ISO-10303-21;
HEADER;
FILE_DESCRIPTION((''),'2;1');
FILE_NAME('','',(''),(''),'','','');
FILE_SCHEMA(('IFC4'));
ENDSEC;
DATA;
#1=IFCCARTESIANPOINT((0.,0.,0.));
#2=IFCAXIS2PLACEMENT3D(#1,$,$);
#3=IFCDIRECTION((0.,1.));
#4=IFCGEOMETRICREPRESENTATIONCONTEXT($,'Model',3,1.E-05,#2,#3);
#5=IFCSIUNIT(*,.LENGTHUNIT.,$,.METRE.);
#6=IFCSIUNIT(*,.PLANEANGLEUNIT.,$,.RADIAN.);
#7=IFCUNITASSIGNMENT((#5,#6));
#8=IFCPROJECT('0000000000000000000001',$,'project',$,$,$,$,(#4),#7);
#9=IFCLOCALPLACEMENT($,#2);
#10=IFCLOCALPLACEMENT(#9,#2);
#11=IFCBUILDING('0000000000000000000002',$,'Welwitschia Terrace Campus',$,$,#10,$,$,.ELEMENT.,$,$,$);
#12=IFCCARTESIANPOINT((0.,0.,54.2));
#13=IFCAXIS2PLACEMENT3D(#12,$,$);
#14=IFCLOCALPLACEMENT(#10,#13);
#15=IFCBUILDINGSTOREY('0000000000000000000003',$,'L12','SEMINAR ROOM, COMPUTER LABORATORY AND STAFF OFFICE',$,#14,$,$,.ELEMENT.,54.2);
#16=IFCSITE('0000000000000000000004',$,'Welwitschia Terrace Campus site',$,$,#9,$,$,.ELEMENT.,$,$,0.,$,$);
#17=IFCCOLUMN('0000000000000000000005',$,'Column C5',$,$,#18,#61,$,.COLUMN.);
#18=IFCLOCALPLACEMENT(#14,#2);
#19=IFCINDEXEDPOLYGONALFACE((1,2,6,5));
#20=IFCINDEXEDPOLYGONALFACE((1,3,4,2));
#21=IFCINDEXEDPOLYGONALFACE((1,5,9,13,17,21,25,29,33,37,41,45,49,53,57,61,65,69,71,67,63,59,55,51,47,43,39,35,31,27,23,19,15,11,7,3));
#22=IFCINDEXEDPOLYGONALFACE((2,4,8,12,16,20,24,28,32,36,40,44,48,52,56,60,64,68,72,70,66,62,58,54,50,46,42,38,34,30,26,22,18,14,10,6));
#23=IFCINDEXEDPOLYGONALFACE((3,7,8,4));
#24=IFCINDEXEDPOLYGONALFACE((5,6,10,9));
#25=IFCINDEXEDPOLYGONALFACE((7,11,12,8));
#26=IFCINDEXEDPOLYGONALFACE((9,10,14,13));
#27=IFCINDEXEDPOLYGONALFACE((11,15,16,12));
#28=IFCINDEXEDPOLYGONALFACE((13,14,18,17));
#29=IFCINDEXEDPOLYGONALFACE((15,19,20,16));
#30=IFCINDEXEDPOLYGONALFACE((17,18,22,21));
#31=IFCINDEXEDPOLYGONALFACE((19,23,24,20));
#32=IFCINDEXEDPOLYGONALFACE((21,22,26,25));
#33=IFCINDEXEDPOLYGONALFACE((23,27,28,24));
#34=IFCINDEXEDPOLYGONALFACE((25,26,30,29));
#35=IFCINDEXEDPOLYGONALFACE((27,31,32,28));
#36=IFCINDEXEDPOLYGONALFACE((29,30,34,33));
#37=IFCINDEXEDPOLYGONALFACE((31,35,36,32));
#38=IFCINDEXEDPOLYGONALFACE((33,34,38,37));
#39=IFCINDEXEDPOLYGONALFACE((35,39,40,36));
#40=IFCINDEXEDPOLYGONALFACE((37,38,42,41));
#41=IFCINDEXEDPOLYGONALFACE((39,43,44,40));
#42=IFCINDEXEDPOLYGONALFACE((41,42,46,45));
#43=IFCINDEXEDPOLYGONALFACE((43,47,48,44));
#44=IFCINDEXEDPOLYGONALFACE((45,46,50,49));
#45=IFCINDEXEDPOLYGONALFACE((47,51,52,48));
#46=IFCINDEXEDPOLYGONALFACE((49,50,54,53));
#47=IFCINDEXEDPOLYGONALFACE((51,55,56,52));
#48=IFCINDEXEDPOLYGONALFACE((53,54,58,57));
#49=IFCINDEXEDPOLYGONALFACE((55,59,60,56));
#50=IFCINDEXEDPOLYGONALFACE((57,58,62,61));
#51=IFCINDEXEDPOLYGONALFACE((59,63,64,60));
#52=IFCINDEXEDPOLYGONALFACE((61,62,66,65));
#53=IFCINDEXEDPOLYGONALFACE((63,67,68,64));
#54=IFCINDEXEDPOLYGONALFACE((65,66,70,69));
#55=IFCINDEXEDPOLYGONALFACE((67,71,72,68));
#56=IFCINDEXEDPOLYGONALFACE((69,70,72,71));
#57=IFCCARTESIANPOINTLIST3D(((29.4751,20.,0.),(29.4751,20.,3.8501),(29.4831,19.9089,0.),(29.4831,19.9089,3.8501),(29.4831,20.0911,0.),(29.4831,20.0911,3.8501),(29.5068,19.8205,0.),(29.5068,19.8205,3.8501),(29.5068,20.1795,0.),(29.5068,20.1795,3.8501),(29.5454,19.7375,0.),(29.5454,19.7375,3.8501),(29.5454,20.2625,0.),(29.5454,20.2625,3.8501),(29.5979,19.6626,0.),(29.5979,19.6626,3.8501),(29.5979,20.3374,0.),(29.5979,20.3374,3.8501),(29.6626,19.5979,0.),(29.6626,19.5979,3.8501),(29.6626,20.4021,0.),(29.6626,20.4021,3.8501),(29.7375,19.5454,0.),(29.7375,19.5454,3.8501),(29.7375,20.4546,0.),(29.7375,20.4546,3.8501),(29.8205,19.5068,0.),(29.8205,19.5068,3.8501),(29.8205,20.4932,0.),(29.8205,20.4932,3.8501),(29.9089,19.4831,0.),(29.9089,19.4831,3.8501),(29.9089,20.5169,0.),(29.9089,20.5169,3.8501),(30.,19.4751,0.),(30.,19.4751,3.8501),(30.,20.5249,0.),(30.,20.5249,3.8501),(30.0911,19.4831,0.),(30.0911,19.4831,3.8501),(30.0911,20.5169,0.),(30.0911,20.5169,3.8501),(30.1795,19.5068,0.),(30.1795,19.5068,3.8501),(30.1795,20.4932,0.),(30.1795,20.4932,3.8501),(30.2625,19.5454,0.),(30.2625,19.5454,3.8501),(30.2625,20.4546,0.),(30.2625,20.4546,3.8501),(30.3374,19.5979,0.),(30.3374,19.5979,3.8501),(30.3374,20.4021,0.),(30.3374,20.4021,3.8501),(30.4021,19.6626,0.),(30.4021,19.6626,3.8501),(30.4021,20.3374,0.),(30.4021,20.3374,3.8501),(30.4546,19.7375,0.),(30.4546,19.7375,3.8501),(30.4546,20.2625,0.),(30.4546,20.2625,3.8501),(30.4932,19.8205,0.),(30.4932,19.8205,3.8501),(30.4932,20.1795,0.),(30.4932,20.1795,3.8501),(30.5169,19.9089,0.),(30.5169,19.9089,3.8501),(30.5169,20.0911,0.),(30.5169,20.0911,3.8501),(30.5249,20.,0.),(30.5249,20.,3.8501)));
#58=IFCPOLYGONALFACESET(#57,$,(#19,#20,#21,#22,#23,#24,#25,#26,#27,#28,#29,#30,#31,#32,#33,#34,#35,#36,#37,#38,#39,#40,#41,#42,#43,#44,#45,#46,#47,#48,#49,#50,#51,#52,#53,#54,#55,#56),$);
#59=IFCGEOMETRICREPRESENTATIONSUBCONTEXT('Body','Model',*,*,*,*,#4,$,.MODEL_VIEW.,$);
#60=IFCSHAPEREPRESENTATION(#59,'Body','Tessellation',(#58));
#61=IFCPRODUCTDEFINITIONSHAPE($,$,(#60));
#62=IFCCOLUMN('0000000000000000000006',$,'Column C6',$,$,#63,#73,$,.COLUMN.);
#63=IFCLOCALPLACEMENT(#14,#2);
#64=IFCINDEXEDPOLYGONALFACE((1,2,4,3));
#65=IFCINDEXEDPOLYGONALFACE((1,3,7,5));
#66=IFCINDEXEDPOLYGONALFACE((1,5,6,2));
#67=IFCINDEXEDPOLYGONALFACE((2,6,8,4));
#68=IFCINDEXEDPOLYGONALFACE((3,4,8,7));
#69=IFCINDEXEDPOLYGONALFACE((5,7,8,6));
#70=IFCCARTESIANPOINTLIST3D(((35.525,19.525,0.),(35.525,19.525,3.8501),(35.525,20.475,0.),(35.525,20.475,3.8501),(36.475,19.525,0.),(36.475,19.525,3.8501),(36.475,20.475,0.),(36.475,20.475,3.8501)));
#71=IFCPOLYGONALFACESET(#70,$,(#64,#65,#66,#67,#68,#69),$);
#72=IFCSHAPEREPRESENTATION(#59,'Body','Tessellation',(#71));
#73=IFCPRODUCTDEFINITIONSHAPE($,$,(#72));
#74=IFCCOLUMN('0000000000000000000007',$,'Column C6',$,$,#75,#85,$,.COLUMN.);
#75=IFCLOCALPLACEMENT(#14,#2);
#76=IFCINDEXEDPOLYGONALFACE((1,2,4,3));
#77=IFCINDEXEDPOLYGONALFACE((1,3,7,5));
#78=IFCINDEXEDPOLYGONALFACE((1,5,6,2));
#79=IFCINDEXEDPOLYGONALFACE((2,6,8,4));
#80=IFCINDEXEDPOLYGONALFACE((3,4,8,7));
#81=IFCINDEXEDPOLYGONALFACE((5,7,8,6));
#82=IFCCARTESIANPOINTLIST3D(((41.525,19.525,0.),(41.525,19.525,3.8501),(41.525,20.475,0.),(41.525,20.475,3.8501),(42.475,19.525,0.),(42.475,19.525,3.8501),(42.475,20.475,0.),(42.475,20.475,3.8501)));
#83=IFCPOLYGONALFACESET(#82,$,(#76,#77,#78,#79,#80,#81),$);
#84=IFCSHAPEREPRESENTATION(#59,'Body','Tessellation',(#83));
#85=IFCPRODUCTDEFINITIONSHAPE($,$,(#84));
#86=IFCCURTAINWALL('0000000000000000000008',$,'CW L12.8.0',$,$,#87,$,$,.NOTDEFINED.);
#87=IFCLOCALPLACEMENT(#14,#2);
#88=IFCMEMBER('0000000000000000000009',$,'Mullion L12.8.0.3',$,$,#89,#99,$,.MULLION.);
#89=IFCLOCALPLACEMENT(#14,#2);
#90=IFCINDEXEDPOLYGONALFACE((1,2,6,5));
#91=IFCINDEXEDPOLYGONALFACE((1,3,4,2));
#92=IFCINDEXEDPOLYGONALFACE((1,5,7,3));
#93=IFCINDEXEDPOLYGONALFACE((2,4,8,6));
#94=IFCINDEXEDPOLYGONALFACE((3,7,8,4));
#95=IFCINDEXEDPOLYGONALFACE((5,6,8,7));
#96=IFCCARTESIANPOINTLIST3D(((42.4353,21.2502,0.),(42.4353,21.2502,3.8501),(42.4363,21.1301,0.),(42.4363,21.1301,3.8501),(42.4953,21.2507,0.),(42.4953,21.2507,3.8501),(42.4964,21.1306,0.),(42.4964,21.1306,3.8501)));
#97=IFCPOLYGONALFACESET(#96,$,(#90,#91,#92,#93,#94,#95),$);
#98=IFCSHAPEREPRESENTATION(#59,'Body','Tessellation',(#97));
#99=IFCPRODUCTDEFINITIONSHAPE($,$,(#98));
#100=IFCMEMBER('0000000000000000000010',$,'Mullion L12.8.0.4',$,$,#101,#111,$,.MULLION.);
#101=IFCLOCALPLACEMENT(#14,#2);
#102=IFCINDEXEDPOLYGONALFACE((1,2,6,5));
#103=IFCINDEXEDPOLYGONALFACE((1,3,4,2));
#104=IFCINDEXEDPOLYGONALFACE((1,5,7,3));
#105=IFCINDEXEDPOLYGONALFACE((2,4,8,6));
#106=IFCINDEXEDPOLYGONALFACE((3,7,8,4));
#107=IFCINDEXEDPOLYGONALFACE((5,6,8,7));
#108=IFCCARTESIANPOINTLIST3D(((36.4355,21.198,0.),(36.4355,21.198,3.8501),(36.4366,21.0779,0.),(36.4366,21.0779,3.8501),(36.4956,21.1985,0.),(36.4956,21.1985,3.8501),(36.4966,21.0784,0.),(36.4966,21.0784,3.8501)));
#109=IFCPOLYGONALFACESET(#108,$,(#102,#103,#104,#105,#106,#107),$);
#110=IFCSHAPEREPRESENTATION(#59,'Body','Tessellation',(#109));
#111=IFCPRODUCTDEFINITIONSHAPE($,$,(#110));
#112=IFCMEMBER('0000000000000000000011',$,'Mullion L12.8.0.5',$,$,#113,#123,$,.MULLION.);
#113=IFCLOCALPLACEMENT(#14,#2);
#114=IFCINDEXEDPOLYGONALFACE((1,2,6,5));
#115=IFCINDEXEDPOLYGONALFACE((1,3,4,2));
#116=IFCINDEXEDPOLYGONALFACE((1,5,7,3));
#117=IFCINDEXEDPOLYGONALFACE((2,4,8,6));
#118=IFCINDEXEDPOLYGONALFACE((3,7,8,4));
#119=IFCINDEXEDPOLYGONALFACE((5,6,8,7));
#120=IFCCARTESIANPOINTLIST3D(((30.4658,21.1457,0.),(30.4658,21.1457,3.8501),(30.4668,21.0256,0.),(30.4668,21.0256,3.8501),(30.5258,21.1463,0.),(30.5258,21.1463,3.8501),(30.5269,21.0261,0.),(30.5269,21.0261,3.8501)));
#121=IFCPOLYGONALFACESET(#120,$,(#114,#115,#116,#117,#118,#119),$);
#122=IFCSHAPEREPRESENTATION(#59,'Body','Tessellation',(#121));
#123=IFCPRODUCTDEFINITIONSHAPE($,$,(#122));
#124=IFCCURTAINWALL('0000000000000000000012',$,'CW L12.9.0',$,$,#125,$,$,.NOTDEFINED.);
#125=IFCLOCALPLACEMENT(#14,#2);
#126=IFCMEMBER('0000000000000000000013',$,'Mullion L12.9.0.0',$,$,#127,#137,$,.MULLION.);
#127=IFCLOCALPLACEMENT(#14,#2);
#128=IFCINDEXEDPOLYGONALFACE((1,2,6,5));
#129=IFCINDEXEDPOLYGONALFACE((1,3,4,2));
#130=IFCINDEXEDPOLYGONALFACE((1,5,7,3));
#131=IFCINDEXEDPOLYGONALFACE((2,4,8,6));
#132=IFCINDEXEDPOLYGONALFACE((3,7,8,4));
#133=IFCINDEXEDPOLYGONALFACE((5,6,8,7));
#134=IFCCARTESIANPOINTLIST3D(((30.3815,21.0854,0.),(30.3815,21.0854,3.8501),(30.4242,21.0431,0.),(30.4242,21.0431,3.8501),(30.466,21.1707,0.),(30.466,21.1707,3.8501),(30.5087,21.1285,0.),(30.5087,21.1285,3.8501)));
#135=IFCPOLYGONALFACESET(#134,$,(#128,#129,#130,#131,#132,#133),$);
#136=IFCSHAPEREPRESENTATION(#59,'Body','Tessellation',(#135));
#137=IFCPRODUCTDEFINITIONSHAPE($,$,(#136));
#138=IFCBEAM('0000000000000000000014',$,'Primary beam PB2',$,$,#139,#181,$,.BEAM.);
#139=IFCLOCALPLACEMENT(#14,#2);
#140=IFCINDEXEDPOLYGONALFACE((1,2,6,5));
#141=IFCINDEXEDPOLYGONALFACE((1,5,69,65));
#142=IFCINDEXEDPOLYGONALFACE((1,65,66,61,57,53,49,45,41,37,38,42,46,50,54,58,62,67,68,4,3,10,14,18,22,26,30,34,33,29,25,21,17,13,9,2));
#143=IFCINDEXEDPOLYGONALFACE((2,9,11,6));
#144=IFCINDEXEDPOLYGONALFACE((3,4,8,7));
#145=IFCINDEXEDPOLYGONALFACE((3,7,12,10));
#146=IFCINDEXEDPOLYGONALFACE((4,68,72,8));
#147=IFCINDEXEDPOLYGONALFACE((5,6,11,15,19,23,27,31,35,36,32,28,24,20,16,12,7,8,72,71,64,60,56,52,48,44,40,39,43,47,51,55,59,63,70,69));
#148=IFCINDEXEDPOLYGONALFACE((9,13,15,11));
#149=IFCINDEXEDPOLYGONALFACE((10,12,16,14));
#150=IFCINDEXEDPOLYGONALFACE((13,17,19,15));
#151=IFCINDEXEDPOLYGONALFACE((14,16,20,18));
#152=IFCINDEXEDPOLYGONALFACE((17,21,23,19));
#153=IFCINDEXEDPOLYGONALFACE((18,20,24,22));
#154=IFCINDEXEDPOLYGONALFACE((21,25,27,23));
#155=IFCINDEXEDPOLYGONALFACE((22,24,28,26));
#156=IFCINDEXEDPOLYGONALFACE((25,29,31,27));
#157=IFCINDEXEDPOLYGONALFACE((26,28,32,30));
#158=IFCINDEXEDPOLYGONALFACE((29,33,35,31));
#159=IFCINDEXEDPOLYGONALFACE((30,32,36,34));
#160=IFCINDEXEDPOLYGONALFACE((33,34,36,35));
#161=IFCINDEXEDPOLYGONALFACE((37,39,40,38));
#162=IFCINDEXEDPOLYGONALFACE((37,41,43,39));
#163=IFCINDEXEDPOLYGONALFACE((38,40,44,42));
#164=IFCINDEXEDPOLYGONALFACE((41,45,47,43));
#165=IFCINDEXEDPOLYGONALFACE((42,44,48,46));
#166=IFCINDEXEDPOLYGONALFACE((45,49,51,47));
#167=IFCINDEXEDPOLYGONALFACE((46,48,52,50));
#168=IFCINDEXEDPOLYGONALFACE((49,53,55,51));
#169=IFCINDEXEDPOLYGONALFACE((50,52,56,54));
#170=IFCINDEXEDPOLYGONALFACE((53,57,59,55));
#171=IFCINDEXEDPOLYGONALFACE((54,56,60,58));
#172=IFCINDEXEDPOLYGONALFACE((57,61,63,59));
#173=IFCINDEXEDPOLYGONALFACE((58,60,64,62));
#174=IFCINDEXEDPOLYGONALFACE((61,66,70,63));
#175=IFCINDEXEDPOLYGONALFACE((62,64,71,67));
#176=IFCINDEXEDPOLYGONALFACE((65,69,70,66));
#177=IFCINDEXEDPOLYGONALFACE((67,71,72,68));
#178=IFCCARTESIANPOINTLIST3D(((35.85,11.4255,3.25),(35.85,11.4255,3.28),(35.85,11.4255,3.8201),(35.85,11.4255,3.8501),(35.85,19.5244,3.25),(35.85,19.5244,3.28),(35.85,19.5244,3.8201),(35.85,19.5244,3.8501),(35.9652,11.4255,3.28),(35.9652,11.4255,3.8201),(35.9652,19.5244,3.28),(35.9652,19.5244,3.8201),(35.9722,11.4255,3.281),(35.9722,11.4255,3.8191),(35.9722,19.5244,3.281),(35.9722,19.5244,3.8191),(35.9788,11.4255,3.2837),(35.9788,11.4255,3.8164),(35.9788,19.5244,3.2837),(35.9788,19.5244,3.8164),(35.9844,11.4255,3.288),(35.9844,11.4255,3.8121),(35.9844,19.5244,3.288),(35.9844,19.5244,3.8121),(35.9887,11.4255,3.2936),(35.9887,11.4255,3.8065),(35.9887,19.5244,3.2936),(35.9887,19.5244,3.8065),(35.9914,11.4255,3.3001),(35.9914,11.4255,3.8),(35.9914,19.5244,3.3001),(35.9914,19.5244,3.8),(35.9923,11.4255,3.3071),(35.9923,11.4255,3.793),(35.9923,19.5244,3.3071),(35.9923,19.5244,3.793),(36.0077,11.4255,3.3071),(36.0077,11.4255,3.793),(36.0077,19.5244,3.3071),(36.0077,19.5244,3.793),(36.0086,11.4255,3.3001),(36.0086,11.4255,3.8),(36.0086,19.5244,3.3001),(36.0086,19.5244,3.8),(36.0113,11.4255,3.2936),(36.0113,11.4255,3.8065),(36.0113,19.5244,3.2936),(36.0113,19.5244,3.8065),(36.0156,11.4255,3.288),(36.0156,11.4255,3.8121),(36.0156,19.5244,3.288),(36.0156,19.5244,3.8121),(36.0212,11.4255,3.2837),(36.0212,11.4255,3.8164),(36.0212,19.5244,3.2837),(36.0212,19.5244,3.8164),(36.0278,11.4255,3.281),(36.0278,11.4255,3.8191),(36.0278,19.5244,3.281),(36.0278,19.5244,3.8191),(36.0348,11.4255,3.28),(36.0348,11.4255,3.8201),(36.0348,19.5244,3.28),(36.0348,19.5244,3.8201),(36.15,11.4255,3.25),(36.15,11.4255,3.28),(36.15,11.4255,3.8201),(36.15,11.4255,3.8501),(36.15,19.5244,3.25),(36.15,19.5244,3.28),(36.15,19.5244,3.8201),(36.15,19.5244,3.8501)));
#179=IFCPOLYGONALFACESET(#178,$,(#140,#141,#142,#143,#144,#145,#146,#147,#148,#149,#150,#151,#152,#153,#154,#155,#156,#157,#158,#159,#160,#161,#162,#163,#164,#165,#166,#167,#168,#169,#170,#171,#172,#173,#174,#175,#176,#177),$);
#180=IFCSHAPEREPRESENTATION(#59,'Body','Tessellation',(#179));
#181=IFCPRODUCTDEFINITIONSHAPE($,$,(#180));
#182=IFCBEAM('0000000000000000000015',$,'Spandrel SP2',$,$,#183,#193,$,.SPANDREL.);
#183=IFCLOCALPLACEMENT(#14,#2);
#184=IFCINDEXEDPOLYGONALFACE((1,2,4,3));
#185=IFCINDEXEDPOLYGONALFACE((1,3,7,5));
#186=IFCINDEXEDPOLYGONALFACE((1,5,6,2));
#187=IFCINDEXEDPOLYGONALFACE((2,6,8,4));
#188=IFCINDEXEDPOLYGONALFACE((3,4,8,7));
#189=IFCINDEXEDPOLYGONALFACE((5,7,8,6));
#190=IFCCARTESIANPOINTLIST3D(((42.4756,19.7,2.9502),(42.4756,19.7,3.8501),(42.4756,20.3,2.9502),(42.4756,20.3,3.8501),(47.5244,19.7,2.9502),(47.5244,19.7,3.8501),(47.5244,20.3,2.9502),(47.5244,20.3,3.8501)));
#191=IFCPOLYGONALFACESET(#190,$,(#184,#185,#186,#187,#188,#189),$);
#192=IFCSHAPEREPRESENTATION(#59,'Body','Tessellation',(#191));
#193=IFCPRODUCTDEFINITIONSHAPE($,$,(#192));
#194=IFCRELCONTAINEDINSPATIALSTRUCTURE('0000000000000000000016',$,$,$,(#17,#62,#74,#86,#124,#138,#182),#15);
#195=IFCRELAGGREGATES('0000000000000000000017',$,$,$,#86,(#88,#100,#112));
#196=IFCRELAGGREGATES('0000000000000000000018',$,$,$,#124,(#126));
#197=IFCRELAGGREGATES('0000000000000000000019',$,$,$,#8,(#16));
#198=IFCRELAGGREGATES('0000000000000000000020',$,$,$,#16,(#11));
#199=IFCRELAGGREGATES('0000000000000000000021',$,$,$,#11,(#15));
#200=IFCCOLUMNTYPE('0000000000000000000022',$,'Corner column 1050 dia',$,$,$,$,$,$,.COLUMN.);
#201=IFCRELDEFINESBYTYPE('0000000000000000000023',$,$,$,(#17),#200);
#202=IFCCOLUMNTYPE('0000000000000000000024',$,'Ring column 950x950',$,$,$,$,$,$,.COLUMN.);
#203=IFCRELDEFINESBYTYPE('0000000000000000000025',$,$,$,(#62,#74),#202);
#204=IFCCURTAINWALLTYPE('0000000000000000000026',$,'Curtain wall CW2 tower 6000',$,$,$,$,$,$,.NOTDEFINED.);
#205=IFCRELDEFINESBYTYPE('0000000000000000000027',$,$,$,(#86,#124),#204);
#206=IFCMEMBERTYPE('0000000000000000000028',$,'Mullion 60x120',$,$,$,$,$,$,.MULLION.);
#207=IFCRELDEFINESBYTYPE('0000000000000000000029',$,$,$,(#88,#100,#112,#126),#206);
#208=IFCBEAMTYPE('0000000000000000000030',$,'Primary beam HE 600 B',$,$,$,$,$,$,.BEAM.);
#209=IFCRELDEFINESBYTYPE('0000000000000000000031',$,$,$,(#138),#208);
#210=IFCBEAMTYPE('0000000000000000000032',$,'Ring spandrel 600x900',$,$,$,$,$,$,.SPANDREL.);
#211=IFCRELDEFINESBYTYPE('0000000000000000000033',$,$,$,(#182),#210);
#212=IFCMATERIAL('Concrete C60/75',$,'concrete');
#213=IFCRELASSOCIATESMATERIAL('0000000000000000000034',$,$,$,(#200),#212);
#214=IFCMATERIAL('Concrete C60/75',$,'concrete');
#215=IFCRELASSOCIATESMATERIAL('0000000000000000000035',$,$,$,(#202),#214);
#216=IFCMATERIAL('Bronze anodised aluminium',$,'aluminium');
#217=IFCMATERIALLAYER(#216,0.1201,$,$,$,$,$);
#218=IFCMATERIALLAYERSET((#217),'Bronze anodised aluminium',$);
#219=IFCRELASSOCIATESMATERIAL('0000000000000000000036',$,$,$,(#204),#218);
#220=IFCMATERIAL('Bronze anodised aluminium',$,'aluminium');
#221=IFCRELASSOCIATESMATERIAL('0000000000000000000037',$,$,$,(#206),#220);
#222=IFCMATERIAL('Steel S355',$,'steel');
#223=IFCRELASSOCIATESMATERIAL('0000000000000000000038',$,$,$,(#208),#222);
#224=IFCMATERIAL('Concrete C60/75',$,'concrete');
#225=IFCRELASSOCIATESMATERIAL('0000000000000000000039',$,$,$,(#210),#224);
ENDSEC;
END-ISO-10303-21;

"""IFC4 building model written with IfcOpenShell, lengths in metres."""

from ifc_helpers import new_model, si_unit, direction, frame, origin, origin_2d, place, context, subcontext, project, spatial, rectangle, circle, i_section, extrude, material, layer, layer_set, material_profile, profile_set, type_object, element, aggregate, save


model = new_model("IFC4")

# Units and contexts
model_context = context("Model", 3, precision=1e-05, world=origin(), true_north=direction((0.0, 1.0)))
body_context = subcontext(model_context, "Body", "Model", "MODEL_VIEW")
ifc_project = project(units=[si_unit("LENGTHUNIT", "METRE"), si_unit("PLANEANGLEUNIT", "RADIAN")], contexts=[model_context])

# Site, building, storey
site_placement = place(None, origin())
site = spatial("IfcSite", under=ifc_project, at=site_placement, Name="Welwitschia Terrace Campus site", CompositionType="ELEMENT", RefElevation=0.0)
building_placement = place(site_placement, origin())
building = spatial("IfcBuilding", under=site, at=building_placement, Name="Welwitschia Terrace Campus", CompositionType="ELEMENT")
storey_placement = place(building_placement, frame((0.0, 0.0, 54.2)))
storey = spatial("IfcBuildingStorey", under=building, at=storey_placement, Name="L12", Description="SEMINAR ROOM, COMPUTER LABORATORY AND STAFF OFFICE", CompositionType="ELEMENT", Elevation=54.2)

# Columns
ifc_material_1 = material(Name="Concrete C60/75", Category="concrete")
ifc_material_profile_1 = material_profile(ifc_material_1, circle(Radius=0.5249, at=origin_2d()))
ifc_profile_set_1 = profile_set([ifc_material_profile_1], Name="Concrete C60/75")
column_type_1 = type_object("IfcColumnType", Name="Corner column 1050 dia", PredefinedType="COLUMN", material=ifc_profile_set_1)
column_placement = place(storey_placement, frame((30.0, 20.0, 0.0), z_axis=(0.0, 0.0, 1.0), x_axis=(1.0, 0.0, 0.0)))
element("IfcColumn", 1, at=column_placement, inside=storey, type_object=column_type_1, Name="Column C5", PredefinedType="COLUMN", context=body_context, shape_type="SweptSolid", body=[
    extrude(circle(Radius=0.5249, at=origin_2d()), origin(), (0.0, 0.0, 1.0), 3.8501),
])
ifc_material_2 = material(Name="Concrete C60/75", Category="concrete")
ifc_material_profile_2 = material_profile(ifc_material_2, rectangle(XDim=0.95, YDim=0.95, at=origin_2d()))
ifc_profile_set_2 = profile_set([ifc_material_profile_2], Name="Concrete C60/75")
column_type_2 = type_object("IfcColumnType", Name="Ring column 950x950", PredefinedType="COLUMN", material=ifc_profile_set_2)
for number, where, z_axis, x_axis, name in (
    (2, (36.0, 20.0, 0.0), (0.0, 0.0, 1.0), (1.0, 0.0, 0.0), "Column C6"),
    (3, (42.0, 20.0, 0.0), (0.0, 0.0, 1.0), (1.0, 0.0, 0.0), "Column C6"),
):
    element("IfcColumn", number, at=place(storey_placement, frame(where, z_axis=z_axis, x_axis=x_axis)), inside=storey, type_object=column_type_2, Name=name, PredefinedType="COLUMN", context=body_context, shape_type="SweptSolid", body=[
        extrude(rectangle(XDim=0.95, YDim=0.95, at=origin_2d()), origin(), (0.0, 0.0, 1.0), 3.8501),
    ])

# Curtain wall, members
ifc_material_3 = material(Name="Bronze anodised aluminium", Category="aluminium")
ifc_layer_1 = layer(ifc_material_3, 0.1201)
ifc_layer_set_1 = layer_set([ifc_layer_1], Name="Bronze anodised aluminium")
curtain_wall_type = type_object("IfcCurtainWallType", Name="Curtain wall CW2 tower 6000", PredefinedType="NOTDEFINED", material=ifc_layer_set_1)
curtain_wall_1_placement = place(storey_placement, origin())
curtain_wall_1 = element("IfcCurtainWall", 4, at=curtain_wall_1_placement, inside=storey, type_object=curtain_wall_type, Name="CW L12.8.0", PredefinedType="NOTDEFINED")
ifc_material_4 = material(Name="Bronze anodised aluminium", Category="aluminium")
ifc_material_profile_3 = material_profile(ifc_material_4, rectangle(XDim=0.1201, YDim=0.0601, at=origin_2d()))
ifc_profile_set_3 = profile_set([ifc_material_profile_3], Name="Bronze anodised aluminium")
member_type_1 = type_object("IfcMemberType", Name="Mullion 60x120", PredefinedType="MULLION", material=ifc_profile_set_3)
member_1_placement = place(storey_placement, frame((42.4658, 21.1904, 0.0), z_axis=(0.0, 0.0, 1.0), x_axis=(0.008727, -0.999962, 0.0)))
member_1 = element("IfcMember", 5, at=member_1_placement, type_object=member_type_1, Name="Mullion L12.8.0.3", PredefinedType="MULLION", context=body_context, shape_type="SweptSolid", body=[
    extrude(rectangle(XDim=0.1201, YDim=0.0601, at=origin_2d()), origin(), (0.0, 0.0, 1.0), 3.8501),
])
member_2_placement = place(storey_placement, frame((36.4661, 21.1382, 0.0), z_axis=(0.0, 0.0, 1.0), x_axis=(0.008727, -0.999962, 0.0)))
member_2 = element("IfcMember", 6, at=member_2_placement, type_object=member_type_1, Name="Mullion L12.8.0.4", PredefinedType="MULLION", context=body_context, shape_type="SweptSolid", body=[
    extrude(rectangle(XDim=0.1201, YDim=0.0601, at=origin_2d()), origin(), (0.0, 0.0, 1.0), 3.8501),
])
member_3_placement = place(storey_placement, frame((30.4963, 21.0859, 0.0), z_axis=(0.0, 0.0, 1.0), x_axis=(0.008727, -0.999962, 0.0)))
member_3 = element("IfcMember", 7, at=member_3_placement, type_object=member_type_1, Name="Mullion L12.8.0.5", PredefinedType="MULLION", context=body_context, shape_type="SweptSolid", body=[
    extrude(rectangle(XDim=0.1201, YDim=0.0601, at=origin_2d()), origin(), (0.0, 0.0, 1.0), 3.8501),
])

# Curtain wall, member
curtain_wall_2_placement = place(storey_placement, origin())
curtain_wall_2 = element("IfcCurtainWall", 8, at=curtain_wall_2_placement, inside=storey, type_object=curtain_wall_type, Name="CW L12.9.0", PredefinedType="NOTDEFINED")
member_4_placement = place(storey_placement, frame((30.4451, 21.1069, 0.0), z_axis=(0.0, 0.0, 1.0), x_axis=(-0.703433, -0.710762, 0.0)))
member_4 = element("IfcMember", 9, at=member_4_placement, type_object=member_type_1, Name="Mullion L12.9.0.0", PredefinedType="MULLION", context=body_context, shape_type="SweptSolid", body=[
    extrude(rectangle(XDim=0.1201, YDim=0.0601, at=origin_2d()), origin(), (0.0, 0.0, 1.0), 3.8501),
])

# Beams
ifc_material_5 = material(Name="Steel S355", Category="steel")
ifc_material_profile_4 = material_profile(ifc_material_5, i_section(OverallWidth=0.3, OverallDepth=0.6001, WebThickness=0.0154, FlangeThickness=0.03, FilletRadius=0.0271, at=origin_2d()))
ifc_profile_set_4 = profile_set([ifc_material_profile_4], Name="Steel S355")
beam_type_1 = type_object("IfcBeamType", Name="Primary beam HE 600 B", PredefinedType="BEAM", material=ifc_profile_set_4)
beam_1_placement = place(storey_placement, frame((36.0, 19.5244, 3.55), z_axis=(0.0, -1.0, 0.0), x_axis=(1.0, 0.0, 0.0)))
element("IfcBeam", 10, at=beam_1_placement, inside=storey, type_object=beam_type_1, Name="Primary beam PB2", PredefinedType="BEAM", context=body_context, shape_type="SweptSolid", body=[
    extrude(i_section(OverallWidth=0.3, OverallDepth=0.6001, WebThickness=0.0154, FlangeThickness=0.03, FilletRadius=0.0271, at=origin_2d()), origin(), (0.0, 0.0, 1.0), 8.0989),
])
ifc_material_6 = material(Name="Concrete C60/75", Category="concrete")
ifc_material_profile_5 = material_profile(ifc_material_6, rectangle(XDim=0.6001, YDim=0.8999, at=origin_2d()))
ifc_profile_set_5 = profile_set([ifc_material_profile_5], Name="Concrete C60/75")
beam_type_2 = type_object("IfcBeamType", Name="Ring spandrel 600x900", PredefinedType="SPANDREL", material=ifc_profile_set_5)
for number, where, z_axis, x_axis, name in (
    (11, (47.5244, 20.0, 3.4001), (-1.0, 0.0, 0.0), (0.0, -1.0, 0.0), "Spandrel SP2"),
):
    element("IfcBeam", number, at=place(storey_placement, frame(where, z_axis=z_axis, x_axis=x_axis)), inside=storey, type_object=beam_type_2, Name=name, PredefinedType="SPANDREL", context=body_context, shape_type="SweptSolid", body=[
        extrude(rectangle(XDim=0.6001, YDim=0.8999, at=origin_2d()), origin(), (0.0, 0.0, 1.0), 5.0488),
    ])

aggregate(curtain_wall_1, [member_1, member_2, member_3])
aggregate(curtain_wall_2, [member_4])

save(model, "model.ifc")
